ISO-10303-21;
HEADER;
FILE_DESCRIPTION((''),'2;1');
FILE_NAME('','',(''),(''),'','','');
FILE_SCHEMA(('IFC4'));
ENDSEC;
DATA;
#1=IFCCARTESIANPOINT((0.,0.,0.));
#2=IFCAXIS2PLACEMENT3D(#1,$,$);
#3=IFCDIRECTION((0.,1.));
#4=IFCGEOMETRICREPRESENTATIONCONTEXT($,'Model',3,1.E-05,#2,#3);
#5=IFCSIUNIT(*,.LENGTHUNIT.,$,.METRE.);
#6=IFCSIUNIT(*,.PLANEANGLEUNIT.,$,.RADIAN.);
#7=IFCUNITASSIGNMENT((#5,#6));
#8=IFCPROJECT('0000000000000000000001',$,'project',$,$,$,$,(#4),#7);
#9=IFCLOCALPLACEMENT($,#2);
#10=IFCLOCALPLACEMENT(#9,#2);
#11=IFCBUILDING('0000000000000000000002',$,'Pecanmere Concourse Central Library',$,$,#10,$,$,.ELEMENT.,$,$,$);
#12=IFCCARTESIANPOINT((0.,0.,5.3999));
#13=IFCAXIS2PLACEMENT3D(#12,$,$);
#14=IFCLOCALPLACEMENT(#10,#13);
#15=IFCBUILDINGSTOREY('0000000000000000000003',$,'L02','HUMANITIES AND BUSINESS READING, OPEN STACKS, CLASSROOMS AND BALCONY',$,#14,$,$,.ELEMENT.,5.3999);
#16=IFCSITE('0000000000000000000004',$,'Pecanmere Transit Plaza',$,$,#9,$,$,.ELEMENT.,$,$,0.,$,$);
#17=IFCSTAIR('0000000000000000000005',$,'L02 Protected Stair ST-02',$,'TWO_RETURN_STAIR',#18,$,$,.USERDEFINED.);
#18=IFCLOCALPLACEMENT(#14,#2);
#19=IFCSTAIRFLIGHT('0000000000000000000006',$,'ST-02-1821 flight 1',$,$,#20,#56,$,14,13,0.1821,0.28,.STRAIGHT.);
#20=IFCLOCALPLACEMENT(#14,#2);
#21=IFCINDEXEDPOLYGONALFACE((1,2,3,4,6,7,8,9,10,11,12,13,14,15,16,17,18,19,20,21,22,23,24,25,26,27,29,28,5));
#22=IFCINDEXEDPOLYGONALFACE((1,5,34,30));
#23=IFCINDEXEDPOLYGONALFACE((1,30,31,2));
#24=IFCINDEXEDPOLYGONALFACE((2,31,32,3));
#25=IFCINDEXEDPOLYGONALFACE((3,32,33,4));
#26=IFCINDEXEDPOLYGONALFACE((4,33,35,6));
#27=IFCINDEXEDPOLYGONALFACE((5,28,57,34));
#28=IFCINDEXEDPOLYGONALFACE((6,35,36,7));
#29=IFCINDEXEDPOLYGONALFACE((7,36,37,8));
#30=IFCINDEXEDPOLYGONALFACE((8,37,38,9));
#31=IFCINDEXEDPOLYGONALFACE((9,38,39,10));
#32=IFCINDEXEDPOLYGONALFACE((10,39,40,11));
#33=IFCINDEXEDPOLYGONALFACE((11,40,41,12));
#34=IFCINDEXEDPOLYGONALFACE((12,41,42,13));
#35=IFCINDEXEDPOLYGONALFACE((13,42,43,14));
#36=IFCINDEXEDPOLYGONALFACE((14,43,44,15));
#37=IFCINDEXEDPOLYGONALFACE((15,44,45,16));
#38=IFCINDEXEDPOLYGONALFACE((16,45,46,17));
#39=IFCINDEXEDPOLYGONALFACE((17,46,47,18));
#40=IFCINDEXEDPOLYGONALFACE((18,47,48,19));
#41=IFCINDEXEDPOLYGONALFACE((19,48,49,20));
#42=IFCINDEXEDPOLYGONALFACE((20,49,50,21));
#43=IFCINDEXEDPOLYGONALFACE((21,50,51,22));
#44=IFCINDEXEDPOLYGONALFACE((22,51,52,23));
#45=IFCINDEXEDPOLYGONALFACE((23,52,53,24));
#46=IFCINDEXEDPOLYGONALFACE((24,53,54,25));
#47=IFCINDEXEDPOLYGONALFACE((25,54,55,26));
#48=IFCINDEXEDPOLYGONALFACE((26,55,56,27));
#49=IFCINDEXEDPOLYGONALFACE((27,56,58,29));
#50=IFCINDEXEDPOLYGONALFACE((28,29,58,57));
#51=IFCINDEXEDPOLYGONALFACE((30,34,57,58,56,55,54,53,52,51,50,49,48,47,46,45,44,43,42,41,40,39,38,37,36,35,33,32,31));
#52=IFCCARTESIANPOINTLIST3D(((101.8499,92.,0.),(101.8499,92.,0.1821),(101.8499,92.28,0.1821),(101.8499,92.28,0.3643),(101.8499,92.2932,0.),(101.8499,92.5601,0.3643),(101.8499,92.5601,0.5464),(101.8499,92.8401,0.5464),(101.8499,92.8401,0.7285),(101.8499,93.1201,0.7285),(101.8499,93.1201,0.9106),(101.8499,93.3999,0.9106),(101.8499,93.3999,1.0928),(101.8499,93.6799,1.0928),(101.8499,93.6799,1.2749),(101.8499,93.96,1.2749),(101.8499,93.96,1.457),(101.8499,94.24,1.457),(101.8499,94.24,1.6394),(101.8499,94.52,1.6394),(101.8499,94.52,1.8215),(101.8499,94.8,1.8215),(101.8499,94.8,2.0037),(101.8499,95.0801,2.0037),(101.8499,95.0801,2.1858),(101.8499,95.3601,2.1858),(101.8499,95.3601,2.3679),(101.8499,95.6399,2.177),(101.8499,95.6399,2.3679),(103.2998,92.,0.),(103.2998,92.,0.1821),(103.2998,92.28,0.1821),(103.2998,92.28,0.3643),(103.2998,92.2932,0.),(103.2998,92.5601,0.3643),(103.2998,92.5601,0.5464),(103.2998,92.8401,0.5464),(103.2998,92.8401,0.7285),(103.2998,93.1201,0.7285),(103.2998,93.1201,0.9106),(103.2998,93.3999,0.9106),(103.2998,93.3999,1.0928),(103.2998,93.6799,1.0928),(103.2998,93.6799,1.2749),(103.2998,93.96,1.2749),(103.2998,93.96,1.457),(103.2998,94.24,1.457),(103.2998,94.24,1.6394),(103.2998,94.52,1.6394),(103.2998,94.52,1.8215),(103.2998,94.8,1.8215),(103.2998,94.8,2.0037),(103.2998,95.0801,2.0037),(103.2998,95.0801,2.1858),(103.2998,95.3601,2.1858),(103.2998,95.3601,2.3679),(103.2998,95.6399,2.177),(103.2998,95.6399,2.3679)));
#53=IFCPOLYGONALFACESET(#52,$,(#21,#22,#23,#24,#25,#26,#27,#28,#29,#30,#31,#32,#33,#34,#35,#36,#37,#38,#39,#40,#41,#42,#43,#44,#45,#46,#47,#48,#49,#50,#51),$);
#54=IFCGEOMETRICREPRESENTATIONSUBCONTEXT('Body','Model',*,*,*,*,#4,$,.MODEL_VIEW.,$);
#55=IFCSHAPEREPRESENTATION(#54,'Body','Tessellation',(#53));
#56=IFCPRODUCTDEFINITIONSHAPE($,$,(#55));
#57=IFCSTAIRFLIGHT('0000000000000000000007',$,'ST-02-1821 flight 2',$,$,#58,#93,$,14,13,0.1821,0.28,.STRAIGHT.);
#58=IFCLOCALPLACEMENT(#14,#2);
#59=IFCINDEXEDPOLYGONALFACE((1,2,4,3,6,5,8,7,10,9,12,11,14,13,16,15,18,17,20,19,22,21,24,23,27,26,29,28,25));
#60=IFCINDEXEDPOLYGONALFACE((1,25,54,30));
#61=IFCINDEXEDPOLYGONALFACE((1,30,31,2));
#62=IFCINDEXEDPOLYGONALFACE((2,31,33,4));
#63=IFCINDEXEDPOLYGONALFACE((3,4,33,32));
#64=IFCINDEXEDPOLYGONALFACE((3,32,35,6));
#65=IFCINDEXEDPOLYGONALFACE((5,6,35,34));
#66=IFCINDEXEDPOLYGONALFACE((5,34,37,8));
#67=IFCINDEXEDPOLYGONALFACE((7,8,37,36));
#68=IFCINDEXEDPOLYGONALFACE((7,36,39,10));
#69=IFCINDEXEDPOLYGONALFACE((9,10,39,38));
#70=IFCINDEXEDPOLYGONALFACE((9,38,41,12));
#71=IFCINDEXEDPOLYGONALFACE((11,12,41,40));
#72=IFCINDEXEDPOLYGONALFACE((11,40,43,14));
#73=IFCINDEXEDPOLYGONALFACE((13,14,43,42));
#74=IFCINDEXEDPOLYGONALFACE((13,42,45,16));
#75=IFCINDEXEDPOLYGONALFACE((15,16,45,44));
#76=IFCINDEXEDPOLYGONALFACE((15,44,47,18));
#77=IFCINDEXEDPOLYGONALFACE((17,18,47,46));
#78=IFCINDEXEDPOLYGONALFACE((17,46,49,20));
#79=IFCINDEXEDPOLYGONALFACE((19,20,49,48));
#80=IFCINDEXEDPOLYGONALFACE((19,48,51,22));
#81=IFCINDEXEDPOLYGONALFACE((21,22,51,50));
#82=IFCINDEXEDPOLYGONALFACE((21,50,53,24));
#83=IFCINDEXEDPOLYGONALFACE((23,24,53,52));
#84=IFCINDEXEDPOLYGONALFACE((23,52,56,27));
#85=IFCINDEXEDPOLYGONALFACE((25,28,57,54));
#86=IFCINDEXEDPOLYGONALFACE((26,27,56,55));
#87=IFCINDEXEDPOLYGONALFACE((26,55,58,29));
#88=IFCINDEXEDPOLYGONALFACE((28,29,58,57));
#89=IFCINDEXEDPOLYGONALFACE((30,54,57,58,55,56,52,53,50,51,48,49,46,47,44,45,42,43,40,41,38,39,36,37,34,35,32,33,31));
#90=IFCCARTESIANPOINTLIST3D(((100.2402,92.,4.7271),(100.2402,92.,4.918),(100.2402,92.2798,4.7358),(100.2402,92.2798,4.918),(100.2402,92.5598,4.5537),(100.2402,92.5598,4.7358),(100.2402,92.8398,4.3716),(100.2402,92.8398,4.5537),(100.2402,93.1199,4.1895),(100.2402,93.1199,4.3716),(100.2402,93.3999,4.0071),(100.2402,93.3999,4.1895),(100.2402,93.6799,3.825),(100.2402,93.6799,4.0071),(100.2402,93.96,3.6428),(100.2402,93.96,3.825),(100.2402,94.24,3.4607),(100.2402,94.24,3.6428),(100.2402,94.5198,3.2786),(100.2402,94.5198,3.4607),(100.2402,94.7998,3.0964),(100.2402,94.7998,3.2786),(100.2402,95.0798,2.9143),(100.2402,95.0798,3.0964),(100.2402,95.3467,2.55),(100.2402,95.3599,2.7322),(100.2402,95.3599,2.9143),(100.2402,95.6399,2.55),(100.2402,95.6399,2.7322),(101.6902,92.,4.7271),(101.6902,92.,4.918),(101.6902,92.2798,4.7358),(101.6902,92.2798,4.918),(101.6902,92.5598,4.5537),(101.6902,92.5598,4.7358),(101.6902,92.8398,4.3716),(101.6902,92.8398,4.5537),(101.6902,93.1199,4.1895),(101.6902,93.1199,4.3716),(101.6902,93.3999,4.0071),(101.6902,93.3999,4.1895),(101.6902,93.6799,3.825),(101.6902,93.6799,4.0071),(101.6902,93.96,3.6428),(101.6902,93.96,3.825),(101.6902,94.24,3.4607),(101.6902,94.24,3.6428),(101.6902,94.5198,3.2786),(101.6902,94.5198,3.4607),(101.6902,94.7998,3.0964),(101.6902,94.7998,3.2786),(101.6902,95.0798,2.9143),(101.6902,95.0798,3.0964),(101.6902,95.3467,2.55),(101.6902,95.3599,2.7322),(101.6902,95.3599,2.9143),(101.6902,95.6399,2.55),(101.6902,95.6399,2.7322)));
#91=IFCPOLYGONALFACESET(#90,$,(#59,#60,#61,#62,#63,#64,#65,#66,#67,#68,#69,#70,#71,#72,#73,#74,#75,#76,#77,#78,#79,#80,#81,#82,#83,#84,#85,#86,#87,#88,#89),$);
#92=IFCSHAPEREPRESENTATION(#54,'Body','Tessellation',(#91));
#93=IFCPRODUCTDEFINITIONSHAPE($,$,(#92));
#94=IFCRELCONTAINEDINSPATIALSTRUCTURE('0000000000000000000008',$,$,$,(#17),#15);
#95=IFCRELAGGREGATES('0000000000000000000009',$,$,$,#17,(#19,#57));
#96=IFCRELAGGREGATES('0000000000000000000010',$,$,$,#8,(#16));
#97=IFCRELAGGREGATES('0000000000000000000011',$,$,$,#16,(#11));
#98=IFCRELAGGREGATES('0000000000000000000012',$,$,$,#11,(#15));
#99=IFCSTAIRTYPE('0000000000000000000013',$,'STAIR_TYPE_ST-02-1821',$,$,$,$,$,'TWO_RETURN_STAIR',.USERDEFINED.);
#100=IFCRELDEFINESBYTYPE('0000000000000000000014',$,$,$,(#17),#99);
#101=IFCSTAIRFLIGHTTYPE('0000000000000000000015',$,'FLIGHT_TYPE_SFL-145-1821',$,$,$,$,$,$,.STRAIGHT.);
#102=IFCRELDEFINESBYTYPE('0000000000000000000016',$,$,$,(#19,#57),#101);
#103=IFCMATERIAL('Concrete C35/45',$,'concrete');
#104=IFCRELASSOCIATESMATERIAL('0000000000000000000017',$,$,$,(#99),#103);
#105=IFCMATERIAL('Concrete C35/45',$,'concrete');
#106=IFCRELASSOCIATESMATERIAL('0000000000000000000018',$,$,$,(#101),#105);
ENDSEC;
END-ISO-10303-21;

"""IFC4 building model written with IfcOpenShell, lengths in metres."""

from ifc_helpers import new_model, si_unit, direction, frame, origin, place, context, subcontext, project, spatial, polyline, outline, extrude, material, type_object, element, aggregate, save


model = new_model("IFC4")

# Units and contexts
model_context = context("Model", 3, precision=1e-05, world=origin(), true_north=direction((0.0, 1.0)))
body_context = subcontext(model_context, "Body", "Model", "MODEL_VIEW")
ifc_project = project(units=[si_unit("LENGTHUNIT", "METRE"), si_unit("PLANEANGLEUNIT", "RADIAN")], contexts=[model_context])

# Site, building, storey
site_placement = place(None, origin())
site = spatial("IfcSite", under=ifc_project, at=site_placement, Name="Pecanmere Transit Plaza", CompositionType="ELEMENT", RefElevation=0.0)
building_placement = place(site_placement, origin())
building = spatial("IfcBuilding", under=site, at=building_placement, Name="Pecanmere Concourse Central Library", CompositionType="ELEMENT")
storey_placement = place(building_placement, frame((0.0, 0.0, 5.3999)))
storey = spatial("IfcBuildingStorey", under=building, at=storey_placement, Name="L02", Description="HUMANITIES AND BUSINESS READING, OPEN STACKS, CLASSROOMS AND BALCONY", CompositionType="ELEMENT", Elevation=5.3999)

# Stair, stair flights
ifc_material_1 = material(Name="Concrete C35/45", Category="concrete")
stair_type = type_object("IfcStairType", Name="STAIR_TYPE_ST-02-1821", ElementType="TWO_RETURN_STAIR", PredefinedType="USERDEFINED", material=ifc_material_1)
stair_placement = place(storey_placement, origin())
stair = element("IfcStair", 1, at=stair_placement, inside=storey, type_object=stair_type, Name="L02 Protected Stair ST-02", ObjectType="TWO_RETURN_STAIR", PredefinedType="USERDEFINED")
ifc_material_2 = material(Name="Concrete C35/45", Category="concrete")
stair_flight_type = type_object("IfcStairFlightType", Name="FLIGHT_TYPE_SFL-145-1821", PredefinedType="STRAIGHT", material=ifc_material_2)
stair_flight_1_placement = place(storey_placement, frame((102.575, 92.0, 0.0), z_axis=(0.0, 0.0, 1.0), x_axis=(0.0, 1.0, 0.0)))
stair_flight_1 = element("IfcStairFlight", 2, at=stair_flight_1_placement, type_object=stair_flight_type, Name="ST-02-1821 flight 1", NumberOfRisers=14, NumberOfTreads=13, PredefinedType="STRAIGHT", RiserHeight=0.1821, TreadLength=0.28, context=body_context, shape_type="SweptSolid", body=[
    extrude(outline(polyline([(0.0, 0.0), (0.0, 0.1821), (0.28, 0.1821), (0.28, 0.3643), (0.5601, 0.3643), (0.5601, 0.5464), (0.8401, 0.5464), (0.8401, 0.7285), (1.1201, 0.7285), (1.1201, 0.9106), (1.3999, 0.9106), (1.3999, 1.0928), (1.6799, 1.0928), (1.6799, 1.2749), (1.96, 1.2749), (1.96, 1.457), (2.24, 1.457), (2.24, 1.6394), (2.52, 1.6394), (2.52, 1.8215), (2.8, 1.8215), (2.8, 2.0037), (3.0801, 2.0037), (3.0801, 2.1858), (3.3601, 2.1858), (3.3601, 2.3679), (3.6399, 2.3679), (3.6399, 2.55), (3.6399, 2.177), (0.2932, 0.0), (0.0, 0.0)])), frame((0.0, 0.7251, 0.0), z_axis=(0.0, -1.0, 0.0), x_axis=(1.0, 0.0, 0.0)), (0.0, 0.0, 1.0), 1.45),
])
stair_flight_2_placement = place(storey_placement, frame((100.9651, 95.6399, 2.55), z_axis=(0.0, 0.0, 1.0), x_axis=(0.0, -1.0, 0.0)))
stair_flight_2 = element("IfcStairFlight", 3, at=stair_flight_2_placement, type_object=stair_flight_type, Name="ST-02-1821 flight 2", NumberOfRisers=14, NumberOfTreads=13, PredefinedType="STRAIGHT", RiserHeight=0.1821, TreadLength=0.28, context=body_context, shape_type="SweptSolid", body=[
    extrude(outline(polyline([(0.0, 0.0), (0.0, 0.1821), (0.28, 0.1821), (0.28, 0.3643), (0.5601, 0.3643), (0.5601, 0.5464), (0.8401, 0.5464), (0.8401, 0.7285), (1.1201, 0.7285), (1.1201, 0.9106), (1.3999, 0.9106), (1.3999, 1.0928), (1.6799, 1.0928), (1.6799, 1.2749), (1.96, 1.2749), (1.96, 1.457), (2.24, 1.457), (2.24, 1.6394), (2.52, 1.6394), (2.52, 1.8215), (2.8, 1.8215), (2.8, 2.0037), (3.0801, 2.0037), (3.0801, 2.1858), (3.3601, 2.1858), (3.3601, 2.3679), (3.6399, 2.3679), (3.6399, 2.55), (3.6399, 2.177), (0.2932, 0.0), (0.0, 0.0)])), frame((0.0, 0.7251, 0.0), z_axis=(0.0, -1.0, 0.0), x_axis=(1.0, 0.0, 0.0)), (0.0, 0.0, 1.0), 1.45),
])
aggregate(stair, [stair_flight_1, stair_flight_2])

save(model, "model.ifc")
